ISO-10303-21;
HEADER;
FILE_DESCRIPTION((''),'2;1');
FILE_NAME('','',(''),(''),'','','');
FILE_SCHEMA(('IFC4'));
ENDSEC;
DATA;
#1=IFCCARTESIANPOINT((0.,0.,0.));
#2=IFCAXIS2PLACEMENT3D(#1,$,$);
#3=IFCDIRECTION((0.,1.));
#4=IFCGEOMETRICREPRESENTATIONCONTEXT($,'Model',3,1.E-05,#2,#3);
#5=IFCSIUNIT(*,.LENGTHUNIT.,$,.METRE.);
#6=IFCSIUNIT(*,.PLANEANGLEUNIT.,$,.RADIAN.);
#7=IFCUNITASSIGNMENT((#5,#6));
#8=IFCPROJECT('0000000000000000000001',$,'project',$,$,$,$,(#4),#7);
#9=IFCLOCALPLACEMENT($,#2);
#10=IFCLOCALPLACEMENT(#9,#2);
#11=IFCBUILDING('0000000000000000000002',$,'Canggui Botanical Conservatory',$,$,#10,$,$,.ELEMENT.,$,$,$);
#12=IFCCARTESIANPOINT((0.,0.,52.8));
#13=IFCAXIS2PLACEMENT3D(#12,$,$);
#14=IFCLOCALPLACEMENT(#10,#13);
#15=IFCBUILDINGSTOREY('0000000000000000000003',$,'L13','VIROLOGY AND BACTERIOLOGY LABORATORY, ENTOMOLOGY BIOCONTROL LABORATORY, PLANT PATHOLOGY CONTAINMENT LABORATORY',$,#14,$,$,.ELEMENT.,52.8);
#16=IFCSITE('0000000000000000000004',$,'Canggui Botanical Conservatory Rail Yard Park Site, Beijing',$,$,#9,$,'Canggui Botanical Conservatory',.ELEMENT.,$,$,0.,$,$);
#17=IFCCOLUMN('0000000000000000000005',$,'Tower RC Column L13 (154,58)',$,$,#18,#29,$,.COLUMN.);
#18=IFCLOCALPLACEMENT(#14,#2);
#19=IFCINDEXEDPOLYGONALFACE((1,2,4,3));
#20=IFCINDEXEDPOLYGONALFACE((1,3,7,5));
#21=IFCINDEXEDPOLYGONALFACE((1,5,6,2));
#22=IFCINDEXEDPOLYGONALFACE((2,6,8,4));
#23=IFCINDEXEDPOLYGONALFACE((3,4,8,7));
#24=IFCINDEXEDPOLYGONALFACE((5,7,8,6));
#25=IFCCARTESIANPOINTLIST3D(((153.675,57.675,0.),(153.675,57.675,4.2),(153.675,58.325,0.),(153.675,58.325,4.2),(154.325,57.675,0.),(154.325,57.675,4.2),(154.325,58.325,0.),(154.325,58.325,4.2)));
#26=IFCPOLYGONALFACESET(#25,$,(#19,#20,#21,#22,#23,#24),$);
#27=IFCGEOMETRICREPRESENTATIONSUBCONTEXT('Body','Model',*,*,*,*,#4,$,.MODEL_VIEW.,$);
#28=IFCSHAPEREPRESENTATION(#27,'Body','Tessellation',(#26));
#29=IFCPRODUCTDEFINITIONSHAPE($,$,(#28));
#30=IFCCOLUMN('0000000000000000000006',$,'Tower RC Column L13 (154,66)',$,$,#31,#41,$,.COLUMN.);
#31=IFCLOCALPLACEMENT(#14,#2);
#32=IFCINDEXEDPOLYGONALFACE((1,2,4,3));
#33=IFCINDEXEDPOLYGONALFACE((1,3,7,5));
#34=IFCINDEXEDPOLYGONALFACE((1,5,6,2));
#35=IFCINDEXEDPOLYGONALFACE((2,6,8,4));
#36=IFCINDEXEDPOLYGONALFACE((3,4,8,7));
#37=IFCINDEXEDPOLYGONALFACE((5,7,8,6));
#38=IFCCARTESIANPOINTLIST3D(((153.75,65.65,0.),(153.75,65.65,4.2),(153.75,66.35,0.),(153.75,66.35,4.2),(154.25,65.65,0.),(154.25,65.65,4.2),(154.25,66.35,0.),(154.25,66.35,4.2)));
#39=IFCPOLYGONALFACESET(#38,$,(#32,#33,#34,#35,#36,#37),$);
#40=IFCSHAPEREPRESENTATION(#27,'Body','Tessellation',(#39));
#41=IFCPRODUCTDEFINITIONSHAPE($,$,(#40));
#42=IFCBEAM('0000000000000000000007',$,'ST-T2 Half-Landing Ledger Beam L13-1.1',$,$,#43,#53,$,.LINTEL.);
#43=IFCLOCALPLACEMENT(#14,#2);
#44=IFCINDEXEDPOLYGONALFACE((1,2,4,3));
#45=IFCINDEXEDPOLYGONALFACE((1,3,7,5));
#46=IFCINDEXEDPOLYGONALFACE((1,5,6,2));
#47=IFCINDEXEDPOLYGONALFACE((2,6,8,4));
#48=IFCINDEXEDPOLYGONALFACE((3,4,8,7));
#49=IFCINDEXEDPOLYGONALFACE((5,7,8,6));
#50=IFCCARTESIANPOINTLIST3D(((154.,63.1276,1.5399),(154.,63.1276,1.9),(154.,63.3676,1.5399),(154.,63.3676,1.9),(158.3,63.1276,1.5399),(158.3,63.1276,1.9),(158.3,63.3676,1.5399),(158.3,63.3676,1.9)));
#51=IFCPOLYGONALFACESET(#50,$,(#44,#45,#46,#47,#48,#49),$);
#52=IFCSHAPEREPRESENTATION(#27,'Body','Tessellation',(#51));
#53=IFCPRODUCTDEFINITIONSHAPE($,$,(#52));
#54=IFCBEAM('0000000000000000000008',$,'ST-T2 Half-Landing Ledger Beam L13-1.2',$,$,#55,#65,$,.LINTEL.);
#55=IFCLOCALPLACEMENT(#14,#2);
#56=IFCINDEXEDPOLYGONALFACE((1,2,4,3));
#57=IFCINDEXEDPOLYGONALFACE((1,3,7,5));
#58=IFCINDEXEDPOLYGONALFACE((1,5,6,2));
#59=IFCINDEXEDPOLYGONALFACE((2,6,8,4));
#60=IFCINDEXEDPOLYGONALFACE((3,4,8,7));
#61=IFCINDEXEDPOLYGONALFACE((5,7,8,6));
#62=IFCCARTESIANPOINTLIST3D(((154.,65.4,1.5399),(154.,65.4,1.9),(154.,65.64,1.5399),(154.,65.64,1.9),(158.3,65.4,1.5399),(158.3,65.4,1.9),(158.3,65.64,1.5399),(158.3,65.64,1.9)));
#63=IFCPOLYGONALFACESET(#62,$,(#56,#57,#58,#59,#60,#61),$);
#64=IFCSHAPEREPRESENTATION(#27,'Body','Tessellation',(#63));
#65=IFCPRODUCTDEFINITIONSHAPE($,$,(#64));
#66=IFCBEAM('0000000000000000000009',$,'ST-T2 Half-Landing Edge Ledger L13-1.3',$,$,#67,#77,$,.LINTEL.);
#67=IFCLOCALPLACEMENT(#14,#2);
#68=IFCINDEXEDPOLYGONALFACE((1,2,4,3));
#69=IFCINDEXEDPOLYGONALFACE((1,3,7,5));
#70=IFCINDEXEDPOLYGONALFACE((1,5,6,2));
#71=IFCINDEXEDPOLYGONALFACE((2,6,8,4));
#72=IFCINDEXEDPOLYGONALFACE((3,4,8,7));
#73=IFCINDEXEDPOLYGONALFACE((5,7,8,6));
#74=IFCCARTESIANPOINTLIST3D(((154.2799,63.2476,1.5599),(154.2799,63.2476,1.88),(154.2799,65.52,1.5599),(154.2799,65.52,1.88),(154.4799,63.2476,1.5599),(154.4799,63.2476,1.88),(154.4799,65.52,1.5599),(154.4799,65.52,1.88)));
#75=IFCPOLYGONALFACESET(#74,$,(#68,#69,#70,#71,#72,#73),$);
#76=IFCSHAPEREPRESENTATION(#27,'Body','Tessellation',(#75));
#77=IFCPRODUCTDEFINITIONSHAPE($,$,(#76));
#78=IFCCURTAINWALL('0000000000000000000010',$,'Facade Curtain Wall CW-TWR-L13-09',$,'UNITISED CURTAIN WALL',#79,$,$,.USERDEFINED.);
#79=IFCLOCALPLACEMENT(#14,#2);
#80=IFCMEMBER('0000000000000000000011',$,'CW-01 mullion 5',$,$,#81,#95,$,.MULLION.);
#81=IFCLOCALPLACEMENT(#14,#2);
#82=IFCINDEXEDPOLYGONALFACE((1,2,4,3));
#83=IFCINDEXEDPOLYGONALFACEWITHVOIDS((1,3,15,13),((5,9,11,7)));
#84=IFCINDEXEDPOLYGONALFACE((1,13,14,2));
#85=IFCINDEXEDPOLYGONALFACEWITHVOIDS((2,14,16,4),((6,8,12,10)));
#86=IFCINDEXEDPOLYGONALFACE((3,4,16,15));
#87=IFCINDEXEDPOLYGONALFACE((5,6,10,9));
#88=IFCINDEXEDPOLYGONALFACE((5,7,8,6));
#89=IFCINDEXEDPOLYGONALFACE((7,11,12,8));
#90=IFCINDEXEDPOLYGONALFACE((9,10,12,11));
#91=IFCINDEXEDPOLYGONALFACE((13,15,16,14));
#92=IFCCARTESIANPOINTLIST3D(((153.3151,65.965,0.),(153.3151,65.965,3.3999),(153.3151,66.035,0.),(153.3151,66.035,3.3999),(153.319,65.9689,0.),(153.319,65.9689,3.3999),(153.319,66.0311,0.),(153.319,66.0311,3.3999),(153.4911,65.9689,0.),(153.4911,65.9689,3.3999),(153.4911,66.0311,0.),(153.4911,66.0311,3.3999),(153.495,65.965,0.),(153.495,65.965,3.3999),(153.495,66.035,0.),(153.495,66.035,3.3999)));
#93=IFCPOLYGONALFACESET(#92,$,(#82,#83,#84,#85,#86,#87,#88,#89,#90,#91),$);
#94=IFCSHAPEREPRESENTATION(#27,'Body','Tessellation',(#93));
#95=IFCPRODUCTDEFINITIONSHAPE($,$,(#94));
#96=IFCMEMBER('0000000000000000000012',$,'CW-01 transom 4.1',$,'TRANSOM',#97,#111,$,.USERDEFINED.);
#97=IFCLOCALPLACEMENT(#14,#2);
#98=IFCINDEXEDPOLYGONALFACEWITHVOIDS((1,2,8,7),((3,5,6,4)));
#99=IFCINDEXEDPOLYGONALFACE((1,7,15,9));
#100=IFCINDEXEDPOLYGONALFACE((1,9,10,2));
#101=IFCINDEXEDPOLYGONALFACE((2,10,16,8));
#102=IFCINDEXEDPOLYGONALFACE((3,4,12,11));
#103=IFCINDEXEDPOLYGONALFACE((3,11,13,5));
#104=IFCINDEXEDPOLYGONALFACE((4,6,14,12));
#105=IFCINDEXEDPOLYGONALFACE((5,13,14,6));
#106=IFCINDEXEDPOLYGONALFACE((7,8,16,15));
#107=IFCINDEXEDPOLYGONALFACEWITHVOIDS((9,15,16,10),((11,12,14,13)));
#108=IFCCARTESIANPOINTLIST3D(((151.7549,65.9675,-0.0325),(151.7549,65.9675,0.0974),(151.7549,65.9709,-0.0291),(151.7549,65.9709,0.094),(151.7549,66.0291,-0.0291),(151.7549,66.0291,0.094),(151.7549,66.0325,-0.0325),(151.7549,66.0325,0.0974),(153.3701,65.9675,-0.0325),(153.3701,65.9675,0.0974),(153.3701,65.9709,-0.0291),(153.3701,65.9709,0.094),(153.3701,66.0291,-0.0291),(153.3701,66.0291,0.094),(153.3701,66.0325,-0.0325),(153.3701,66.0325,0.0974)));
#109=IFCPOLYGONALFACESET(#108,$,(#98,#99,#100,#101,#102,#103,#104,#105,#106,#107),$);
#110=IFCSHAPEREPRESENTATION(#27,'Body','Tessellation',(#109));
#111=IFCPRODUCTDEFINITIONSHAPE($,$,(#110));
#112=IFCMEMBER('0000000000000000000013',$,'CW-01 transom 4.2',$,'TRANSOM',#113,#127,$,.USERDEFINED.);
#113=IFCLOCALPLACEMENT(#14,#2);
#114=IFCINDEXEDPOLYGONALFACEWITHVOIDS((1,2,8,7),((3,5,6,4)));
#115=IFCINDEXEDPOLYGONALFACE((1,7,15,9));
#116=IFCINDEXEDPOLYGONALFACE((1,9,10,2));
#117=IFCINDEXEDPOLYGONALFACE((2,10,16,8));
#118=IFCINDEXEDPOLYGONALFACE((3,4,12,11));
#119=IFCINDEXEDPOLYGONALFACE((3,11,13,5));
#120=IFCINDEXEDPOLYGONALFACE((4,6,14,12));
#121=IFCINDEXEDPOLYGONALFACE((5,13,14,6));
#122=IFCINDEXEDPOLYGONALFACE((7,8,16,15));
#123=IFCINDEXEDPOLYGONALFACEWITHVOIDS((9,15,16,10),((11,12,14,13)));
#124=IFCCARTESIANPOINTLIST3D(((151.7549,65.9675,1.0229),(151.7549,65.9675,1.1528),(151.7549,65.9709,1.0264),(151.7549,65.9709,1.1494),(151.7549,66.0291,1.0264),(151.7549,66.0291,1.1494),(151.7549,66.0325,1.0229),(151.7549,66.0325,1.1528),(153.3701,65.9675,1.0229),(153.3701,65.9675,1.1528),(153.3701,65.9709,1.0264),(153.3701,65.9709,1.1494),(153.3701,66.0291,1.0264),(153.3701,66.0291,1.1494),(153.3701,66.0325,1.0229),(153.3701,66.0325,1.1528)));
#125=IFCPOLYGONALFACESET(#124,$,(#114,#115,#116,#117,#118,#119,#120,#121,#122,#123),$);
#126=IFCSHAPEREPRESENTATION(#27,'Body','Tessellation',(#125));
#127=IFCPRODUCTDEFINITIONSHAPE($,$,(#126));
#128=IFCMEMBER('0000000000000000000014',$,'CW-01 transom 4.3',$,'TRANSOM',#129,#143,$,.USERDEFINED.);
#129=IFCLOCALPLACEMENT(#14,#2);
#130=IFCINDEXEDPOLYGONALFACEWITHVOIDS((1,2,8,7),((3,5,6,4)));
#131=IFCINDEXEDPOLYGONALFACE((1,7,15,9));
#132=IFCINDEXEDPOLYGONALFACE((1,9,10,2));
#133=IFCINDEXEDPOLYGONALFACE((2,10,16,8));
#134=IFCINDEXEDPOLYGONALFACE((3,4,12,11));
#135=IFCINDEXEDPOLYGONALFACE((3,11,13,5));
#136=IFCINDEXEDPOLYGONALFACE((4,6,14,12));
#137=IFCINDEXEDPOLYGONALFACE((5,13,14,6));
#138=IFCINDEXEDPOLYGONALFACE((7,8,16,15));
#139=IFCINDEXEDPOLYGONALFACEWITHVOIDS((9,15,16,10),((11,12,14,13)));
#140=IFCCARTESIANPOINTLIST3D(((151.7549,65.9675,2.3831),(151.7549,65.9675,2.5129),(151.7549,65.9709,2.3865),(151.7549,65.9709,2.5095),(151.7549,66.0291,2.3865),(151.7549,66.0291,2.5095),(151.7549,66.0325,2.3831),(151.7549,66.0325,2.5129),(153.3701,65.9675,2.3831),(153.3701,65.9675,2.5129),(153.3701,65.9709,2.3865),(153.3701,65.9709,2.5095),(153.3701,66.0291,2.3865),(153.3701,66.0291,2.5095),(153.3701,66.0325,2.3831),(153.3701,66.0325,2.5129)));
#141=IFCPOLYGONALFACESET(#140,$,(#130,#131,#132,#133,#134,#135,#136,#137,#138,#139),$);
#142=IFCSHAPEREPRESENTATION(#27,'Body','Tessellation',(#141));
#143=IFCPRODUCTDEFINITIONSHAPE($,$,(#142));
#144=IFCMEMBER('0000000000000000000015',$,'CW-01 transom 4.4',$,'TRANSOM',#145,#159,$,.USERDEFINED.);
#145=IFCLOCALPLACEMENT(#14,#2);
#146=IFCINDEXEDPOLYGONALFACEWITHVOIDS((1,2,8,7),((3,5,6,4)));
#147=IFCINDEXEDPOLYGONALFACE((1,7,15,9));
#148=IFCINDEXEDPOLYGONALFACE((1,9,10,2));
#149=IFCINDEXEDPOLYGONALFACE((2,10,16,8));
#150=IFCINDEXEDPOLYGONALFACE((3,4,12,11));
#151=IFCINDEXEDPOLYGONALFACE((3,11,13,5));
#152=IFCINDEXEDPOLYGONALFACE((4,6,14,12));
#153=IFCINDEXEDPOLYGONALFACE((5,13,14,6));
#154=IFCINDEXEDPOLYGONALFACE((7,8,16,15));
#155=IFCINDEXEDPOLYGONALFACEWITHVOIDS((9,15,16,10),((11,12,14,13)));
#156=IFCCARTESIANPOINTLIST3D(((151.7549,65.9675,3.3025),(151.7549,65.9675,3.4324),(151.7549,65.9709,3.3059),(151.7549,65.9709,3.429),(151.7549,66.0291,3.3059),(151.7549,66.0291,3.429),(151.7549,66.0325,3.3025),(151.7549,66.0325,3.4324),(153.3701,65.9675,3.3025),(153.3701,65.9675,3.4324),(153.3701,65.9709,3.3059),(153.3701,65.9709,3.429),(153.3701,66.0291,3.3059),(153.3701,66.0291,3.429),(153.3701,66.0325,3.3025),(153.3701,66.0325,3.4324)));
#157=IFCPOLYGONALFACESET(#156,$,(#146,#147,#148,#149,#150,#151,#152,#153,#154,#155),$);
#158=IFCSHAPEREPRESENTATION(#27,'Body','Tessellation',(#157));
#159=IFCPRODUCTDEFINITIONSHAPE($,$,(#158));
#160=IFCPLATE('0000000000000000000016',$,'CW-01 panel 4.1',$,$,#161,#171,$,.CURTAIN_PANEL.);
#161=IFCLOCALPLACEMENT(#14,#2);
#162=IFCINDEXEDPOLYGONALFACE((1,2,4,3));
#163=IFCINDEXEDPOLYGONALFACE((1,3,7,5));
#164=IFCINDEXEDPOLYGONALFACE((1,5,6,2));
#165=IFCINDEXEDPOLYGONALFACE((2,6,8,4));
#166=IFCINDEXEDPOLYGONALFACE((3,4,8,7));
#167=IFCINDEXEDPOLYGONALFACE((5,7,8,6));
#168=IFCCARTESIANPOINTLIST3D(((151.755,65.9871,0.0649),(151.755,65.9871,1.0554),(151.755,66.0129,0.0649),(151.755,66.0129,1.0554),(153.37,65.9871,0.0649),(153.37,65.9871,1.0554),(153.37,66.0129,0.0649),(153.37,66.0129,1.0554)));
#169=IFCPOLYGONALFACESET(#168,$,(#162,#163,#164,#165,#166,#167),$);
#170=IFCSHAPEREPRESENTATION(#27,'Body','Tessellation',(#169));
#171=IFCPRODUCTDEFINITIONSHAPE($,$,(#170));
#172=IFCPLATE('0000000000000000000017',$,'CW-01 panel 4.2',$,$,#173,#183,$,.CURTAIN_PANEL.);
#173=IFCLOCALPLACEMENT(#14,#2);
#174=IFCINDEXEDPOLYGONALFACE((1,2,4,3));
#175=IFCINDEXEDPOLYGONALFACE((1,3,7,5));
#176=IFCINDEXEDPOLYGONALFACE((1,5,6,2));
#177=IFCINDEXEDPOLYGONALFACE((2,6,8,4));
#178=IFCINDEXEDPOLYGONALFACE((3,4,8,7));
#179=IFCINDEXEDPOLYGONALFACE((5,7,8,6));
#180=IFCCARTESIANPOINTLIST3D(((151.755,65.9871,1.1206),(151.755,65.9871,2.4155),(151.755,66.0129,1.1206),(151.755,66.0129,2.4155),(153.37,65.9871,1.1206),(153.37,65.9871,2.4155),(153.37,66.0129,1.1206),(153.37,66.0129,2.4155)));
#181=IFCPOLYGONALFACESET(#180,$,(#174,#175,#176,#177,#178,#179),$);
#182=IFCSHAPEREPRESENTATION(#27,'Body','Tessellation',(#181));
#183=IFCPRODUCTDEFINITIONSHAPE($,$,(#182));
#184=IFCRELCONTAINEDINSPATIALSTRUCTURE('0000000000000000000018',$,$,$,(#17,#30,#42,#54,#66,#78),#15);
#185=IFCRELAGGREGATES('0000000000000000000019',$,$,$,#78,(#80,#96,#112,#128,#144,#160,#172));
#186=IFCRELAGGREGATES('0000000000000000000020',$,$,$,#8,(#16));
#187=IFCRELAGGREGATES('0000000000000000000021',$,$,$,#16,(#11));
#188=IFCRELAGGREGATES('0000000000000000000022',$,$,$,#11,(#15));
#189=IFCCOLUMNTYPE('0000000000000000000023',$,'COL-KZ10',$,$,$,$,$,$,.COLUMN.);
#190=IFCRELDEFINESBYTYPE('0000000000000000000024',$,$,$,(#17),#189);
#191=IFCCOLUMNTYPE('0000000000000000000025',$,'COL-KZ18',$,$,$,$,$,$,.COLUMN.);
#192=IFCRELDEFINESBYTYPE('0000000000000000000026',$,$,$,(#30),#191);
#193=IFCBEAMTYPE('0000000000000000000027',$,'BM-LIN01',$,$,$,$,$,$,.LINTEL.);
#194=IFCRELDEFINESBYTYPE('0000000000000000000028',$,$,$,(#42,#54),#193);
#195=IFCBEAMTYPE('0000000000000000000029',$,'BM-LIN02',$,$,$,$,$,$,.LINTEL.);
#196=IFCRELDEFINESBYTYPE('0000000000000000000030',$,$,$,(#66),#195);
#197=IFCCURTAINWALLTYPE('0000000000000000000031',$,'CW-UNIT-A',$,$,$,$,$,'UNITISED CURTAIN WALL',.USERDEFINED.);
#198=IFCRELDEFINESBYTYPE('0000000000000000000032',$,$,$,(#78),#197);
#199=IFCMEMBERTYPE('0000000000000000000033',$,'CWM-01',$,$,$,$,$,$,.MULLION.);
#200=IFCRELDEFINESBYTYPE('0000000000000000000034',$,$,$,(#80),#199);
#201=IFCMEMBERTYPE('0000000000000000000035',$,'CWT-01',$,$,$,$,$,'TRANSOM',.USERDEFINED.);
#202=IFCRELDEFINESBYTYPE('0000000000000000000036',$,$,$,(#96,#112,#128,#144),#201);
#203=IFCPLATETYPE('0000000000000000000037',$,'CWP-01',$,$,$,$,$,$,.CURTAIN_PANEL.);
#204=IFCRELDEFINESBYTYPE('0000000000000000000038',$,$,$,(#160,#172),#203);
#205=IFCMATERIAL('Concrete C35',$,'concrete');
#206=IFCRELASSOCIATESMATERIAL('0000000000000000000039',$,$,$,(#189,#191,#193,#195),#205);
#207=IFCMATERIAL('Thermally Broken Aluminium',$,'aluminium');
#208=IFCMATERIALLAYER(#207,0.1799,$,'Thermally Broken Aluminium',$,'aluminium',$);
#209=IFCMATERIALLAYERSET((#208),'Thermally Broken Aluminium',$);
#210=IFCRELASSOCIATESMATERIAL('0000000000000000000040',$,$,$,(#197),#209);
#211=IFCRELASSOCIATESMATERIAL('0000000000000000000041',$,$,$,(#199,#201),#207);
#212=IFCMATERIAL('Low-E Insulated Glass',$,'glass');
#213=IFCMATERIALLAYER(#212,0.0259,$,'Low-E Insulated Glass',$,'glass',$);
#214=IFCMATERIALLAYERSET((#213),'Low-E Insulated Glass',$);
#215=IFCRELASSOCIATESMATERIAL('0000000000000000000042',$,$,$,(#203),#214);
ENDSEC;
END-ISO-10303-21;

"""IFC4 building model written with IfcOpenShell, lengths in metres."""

from ifc_helpers import new_model, si_unit, direction, frame, origin, origin_2d, place, context, subcontext, project, spatial, rectangle, hollow_rectangle, extrude, material, layer, layer_set, material_profile, profile_set, type_object, element, aggregate, save


model = new_model("IFC4")

# Units and contexts
model_context = context("Model", 3, precision=1e-05, world=origin(), true_north=direction((0.0, 1.0)))
body_context = subcontext(model_context, "Body", "Model", "MODEL_VIEW")
ifc_project = project(units=[si_unit("LENGTHUNIT", "METRE"), si_unit("PLANEANGLEUNIT", "RADIAN")], contexts=[model_context])

# Site, building, storey
site_placement = place(None, origin())
site = spatial("IfcSite", under=ifc_project, at=site_placement, Name="Canggui Botanical Conservatory Rail Yard Park Site, Beijing", LongName="Canggui Botanical Conservatory", CompositionType="ELEMENT", RefElevation=0.0)
building_placement = place(site_placement, origin())
building = spatial("IfcBuilding", under=site, at=building_placement, Name="Canggui Botanical Conservatory", CompositionType="ELEMENT")
storey_placement = place(building_placement, frame((0.0, 0.0, 52.8)))
storey = spatial("IfcBuildingStorey", under=building, at=storey_placement, Name="L13", Description="VIROLOGY AND BACTERIOLOGY LABORATORY, ENTOMOLOGY BIOCONTROL LABORATORY, PLANT PATHOLOGY CONTAINMENT LABORATORY", CompositionType="ELEMENT", Elevation=52.8)

# Columns
ifc_material_1 = material(Name="Concrete C35", Category="concrete")
ifc_material_profile_1 = material_profile(ifc_material_1, rectangle(XDim=0.6499, YDim=0.6499, at=origin_2d()), Name="RC 650x650")
ifc_profile_set_1 = profile_set([ifc_material_profile_1], Name="Concrete C35")
column_type_1 = type_object("IfcColumnType", Name="COL-KZ10", PredefinedType="COLUMN", material=ifc_profile_set_1)
column_1_placement = place(storey_placement, frame((154.0, 58.0, 0.0), z_axis=(0.0, 0.0, 1.0), x_axis=(1.0, 0.0, 0.0)))
element("IfcColumn", 1, at=column_1_placement, inside=storey, type_object=column_type_1, Name="Tower RC Column L13 (154,58)", PredefinedType="COLUMN", context=body_context, shape_type="SweptSolid", body=[
    extrude(rectangle(XDim=0.6499, YDim=0.6499, at=origin_2d()), origin(), (0.0, 0.0, 1.0), 4.2),
])
ifc_material_profile_2 = material_profile(ifc_material_1, rectangle(XDim=0.5, YDim=0.7, at=origin_2d()), Name="RC 500x700")
ifc_profile_set_2 = profile_set([ifc_material_profile_2], Name="Concrete C35")
column_type_2 = type_object("IfcColumnType", Name="COL-KZ18", PredefinedType="COLUMN", material=ifc_profile_set_2)
column_2_placement = place(storey_placement, frame((154.0, 66.0, 0.0), z_axis=(0.0, 0.0, 1.0), x_axis=(1.0, 0.0, 0.0)))
element("IfcColumn", 2, at=column_2_placement, inside=storey, type_object=column_type_2, Name="Tower RC Column L13 (154,66)", PredefinedType="COLUMN", context=body_context, shape_type="SweptSolid", body=[
    extrude(rectangle(XDim=0.5, YDim=0.7, at=origin_2d()), origin(), (0.0, 0.0, 1.0), 4.2),
])

# Beams
ifc_material_profile_3 = material_profile(ifc_material_1, rectangle(XDim=0.24, YDim=0.3601, at=origin_2d()), Name="RB 240x360")
ifc_profile_set_3 = profile_set([ifc_material_profile_3], Name="Concrete C35")
beam_type_1 = type_object("IfcBeamType", Name="BM-LIN01", PredefinedType="LINTEL", material=ifc_profile_set_3)
for number, where, z_axis, x_axis, name in (
    (3, (154.0, 63.2476, 1.72), (1.0, 0.0, 0.0), (0.0, 1.0, 0.0), "ST-T2 Half-Landing Ledger Beam L13-1.1"),
    (4, (154.0, 65.52, 1.72), (1.0, 0.0, 0.0), (0.0, 1.0, 0.0), "ST-T2 Half-Landing Ledger Beam L13-1.2"),
):
    element("IfcBeam", number, at=place(storey_placement, frame(where, z_axis=z_axis, x_axis=x_axis)), inside=storey, type_object=beam_type_1, Name=name, PredefinedType="LINTEL", context=body_context, shape_type="SweptSolid", body=[
        extrude(rectangle(XDim=0.24, YDim=0.3601, at=origin_2d()), origin(), (0.0, 0.0, 1.0), 4.3),
    ])
ifc_material_profile_4 = material_profile(ifc_material_1, rectangle(XDim=0.2, YDim=0.3201, at=origin_2d()), Name="RB 200x320")
ifc_profile_set_4 = profile_set([ifc_material_profile_4], Name="Concrete C35")
beam_type_2 = type_object("IfcBeamType", Name="BM-LIN02", PredefinedType="LINTEL", material=ifc_profile_set_4)
beam_placement = place(storey_placement, frame((154.3799, 63.2476, 1.72), z_axis=(0.0, 1.0, 0.0), x_axis=(-1.0, 0.0, 0.0)))
element("IfcBeam", 5, at=beam_placement, inside=storey, type_object=beam_type_2, Name="ST-T2 Half-Landing Edge Ledger L13-1.3", PredefinedType="LINTEL", context=body_context, shape_type="SweptSolid", body=[
    extrude(rectangle(XDim=0.2, YDim=0.3201, at=origin_2d()), origin(), (0.0, 0.0, 1.0), 2.2725),
])

# Curtain wall, members, plates
ifc_material_2 = material(Name="Thermally Broken Aluminium", Category="aluminium")
ifc_layer_1 = layer(ifc_material_2, 0.1799, Name="Thermally Broken Aluminium", Category="aluminium")
ifc_layer_set_1 = layer_set([ifc_layer_1], Name="Thermally Broken Aluminium")
curtain_wall_type = type_object("IfcCurtainWallType", Name="CW-UNIT-A", ElementType="UNITISED CURTAIN WALL", PredefinedType="USERDEFINED", material=ifc_layer_set_1)
curtain_wall_placement = place(storey_placement, origin())
curtain_wall = element("IfcCurtainWall", 6, at=curtain_wall_placement, inside=storey, type_object=curtain_wall_type, Name="Facade Curtain Wall CW-TWR-L13-09", ObjectType="UNITISED CURTAIN WALL", PredefinedType="USERDEFINED")
ifc_material_profile_5 = material_profile(ifc_material_2, hollow_rectangle(XDim=0.0701, YDim=0.1799, WallThickness=0.0039, at=origin_2d()), Name="CWM 70x180x4")
ifc_profile_set_5 = profile_set([ifc_material_profile_5], Name="Thermally Broken Aluminium")
member_type_1 = type_object("IfcMemberType", Name="CWM-01", PredefinedType="MULLION", material=ifc_profile_set_5)
member_1_placement = place(storey_placement, frame((153.405, 66.0, 0.0), z_axis=(0.0, 0.0, 1.0), x_axis=(0.0, 1.0, 0.0)))
member_1 = element("IfcMember", 7, at=member_1_placement, type_object=member_type_1, Name="CW-01 mullion 5", PredefinedType="MULLION", context=body_context, shape_type="SweptSolid", body=[
    extrude(hollow_rectangle(XDim=0.0701, YDim=0.1799, WallThickness=0.0039, at=origin_2d()), origin(), (0.0, 0.0, 1.0), 3.3999),
])
ifc_material_profile_6 = material_profile(ifc_material_2, hollow_rectangle(XDim=0.0649, YDim=0.1299, WallThickness=0.0034, at=origin_2d()), Name="CWT 65x130x3.5")
ifc_profile_set_6 = profile_set([ifc_material_profile_6], Name="Thermally Broken Aluminium")
member_type_2 = type_object("IfcMemberType", Name="CWT-01", ElementType="TRANSOM", PredefinedType="USERDEFINED", material=ifc_profile_set_6)
member_2_placement = place(storey_placement, frame((151.7549, 66.0, 0.0325), z_axis=(1.0, 0.0, 0.0), x_axis=(0.0, 1.0, 0.0)))
member_2 = element("IfcMember", 8, at=member_2_placement, type_object=member_type_2, Name="CW-01 transom 4.1", ObjectType="TRANSOM", PredefinedType="USERDEFINED", context=body_context, shape_type="SweptSolid", body=[
    extrude(hollow_rectangle(XDim=0.0649, YDim=0.1299, WallThickness=0.0034, at=origin_2d()), origin(), (0.0, 0.0, 1.0), 1.6152),
])
member_3_placement = place(storey_placement, frame((151.7549, 66.0, 1.0879), z_axis=(1.0, 0.0, 0.0), x_axis=(0.0, 1.0, 0.0)))
member_3 = element("IfcMember", 9, at=member_3_placement, type_object=member_type_2, Name="CW-01 transom 4.2", ObjectType="TRANSOM", PredefinedType="USERDEFINED", context=body_context, shape_type="SweptSolid", body=[
    extrude(hollow_rectangle(XDim=0.0649, YDim=0.1299, WallThickness=0.0034, at=origin_2d()), origin(), (0.0, 0.0, 1.0), 1.6152),
])
member_4_placement = place(storey_placement, frame((151.7549, 66.0, 2.448), z_axis=(1.0, 0.0, 0.0), x_axis=(0.0, 1.0, 0.0)))
member_4 = element("IfcMember", 10, at=member_4_placement, type_object=member_type_2, Name="CW-01 transom 4.3", ObjectType="TRANSOM", PredefinedType="USERDEFINED", context=body_context, shape_type="SweptSolid", body=[
    extrude(hollow_rectangle(XDim=0.0649, YDim=0.1299, WallThickness=0.0034, at=origin_2d()), origin(), (0.0, 0.0, 1.0), 1.6152),
])
member_5_placement = place(storey_placement, frame((151.7549, 66.0, 3.3674), z_axis=(1.0, 0.0, 0.0), x_axis=(0.0, 1.0, 0.0)))
member_5 = element("IfcMember", 11, at=member_5_placement, type_object=member_type_2, Name="CW-01 transom 4.4", ObjectType="TRANSOM", PredefinedType="USERDEFINED", context=body_context, shape_type="SweptSolid", body=[
    extrude(hollow_rectangle(XDim=0.0649, YDim=0.1299, WallThickness=0.0034, at=origin_2d()), origin(), (0.0, 0.0, 1.0), 1.6152),
])
ifc_material_3 = material(Name="Low-E Insulated Glass", Category="glass")
ifc_layer_2 = layer(ifc_material_3, 0.0259, Name="Low-E Insulated Glass", Category="glass")
ifc_layer_set_2 = layer_set([ifc_layer_2], Name="Low-E Insulated Glass")
plate_type = type_object("IfcPlateType", Name="CWP-01", PredefinedType="CURTAIN_PANEL", material=ifc_layer_set_2)
plate_1_placement = place(storey_placement, frame((152.5625, 66.0, 0.0649), z_axis=(0.0, 0.0, 1.0), x_axis=(1.0, 0.0, 0.0)))
plate_1 = element("IfcPlate", 12, at=plate_1_placement, type_object=plate_type, Name="CW-01 panel 4.1", PredefinedType="CURTAIN_PANEL", context=body_context, shape_type="SweptSolid", body=[
    extrude(rectangle(XDim=1.615, YDim=0.0259, at=origin_2d()), origin(), (0.0, 0.0, 1.0), 0.9905),
])
plate_2_placement = place(storey_placement, frame((152.5625, 66.0, 1.1206), z_axis=(0.0, 0.0, 1.0), x_axis=(1.0, 0.0, 0.0)))
plate_2 = element("IfcPlate", 13, at=plate_2_placement, type_object=plate_type, Name="CW-01 panel 4.2", PredefinedType="CURTAIN_PANEL", context=body_context, shape_type="SweptSolid", body=[
    extrude(rectangle(XDim=1.615, YDim=0.0259, at=origin_2d()), origin(), (0.0, 0.0, 1.0), 1.2949),
])
aggregate(curtain_wall, [member_1, member_2, member_3, member_4, member_5, plate_1, plate_2])

save(model, "model.ifc")
